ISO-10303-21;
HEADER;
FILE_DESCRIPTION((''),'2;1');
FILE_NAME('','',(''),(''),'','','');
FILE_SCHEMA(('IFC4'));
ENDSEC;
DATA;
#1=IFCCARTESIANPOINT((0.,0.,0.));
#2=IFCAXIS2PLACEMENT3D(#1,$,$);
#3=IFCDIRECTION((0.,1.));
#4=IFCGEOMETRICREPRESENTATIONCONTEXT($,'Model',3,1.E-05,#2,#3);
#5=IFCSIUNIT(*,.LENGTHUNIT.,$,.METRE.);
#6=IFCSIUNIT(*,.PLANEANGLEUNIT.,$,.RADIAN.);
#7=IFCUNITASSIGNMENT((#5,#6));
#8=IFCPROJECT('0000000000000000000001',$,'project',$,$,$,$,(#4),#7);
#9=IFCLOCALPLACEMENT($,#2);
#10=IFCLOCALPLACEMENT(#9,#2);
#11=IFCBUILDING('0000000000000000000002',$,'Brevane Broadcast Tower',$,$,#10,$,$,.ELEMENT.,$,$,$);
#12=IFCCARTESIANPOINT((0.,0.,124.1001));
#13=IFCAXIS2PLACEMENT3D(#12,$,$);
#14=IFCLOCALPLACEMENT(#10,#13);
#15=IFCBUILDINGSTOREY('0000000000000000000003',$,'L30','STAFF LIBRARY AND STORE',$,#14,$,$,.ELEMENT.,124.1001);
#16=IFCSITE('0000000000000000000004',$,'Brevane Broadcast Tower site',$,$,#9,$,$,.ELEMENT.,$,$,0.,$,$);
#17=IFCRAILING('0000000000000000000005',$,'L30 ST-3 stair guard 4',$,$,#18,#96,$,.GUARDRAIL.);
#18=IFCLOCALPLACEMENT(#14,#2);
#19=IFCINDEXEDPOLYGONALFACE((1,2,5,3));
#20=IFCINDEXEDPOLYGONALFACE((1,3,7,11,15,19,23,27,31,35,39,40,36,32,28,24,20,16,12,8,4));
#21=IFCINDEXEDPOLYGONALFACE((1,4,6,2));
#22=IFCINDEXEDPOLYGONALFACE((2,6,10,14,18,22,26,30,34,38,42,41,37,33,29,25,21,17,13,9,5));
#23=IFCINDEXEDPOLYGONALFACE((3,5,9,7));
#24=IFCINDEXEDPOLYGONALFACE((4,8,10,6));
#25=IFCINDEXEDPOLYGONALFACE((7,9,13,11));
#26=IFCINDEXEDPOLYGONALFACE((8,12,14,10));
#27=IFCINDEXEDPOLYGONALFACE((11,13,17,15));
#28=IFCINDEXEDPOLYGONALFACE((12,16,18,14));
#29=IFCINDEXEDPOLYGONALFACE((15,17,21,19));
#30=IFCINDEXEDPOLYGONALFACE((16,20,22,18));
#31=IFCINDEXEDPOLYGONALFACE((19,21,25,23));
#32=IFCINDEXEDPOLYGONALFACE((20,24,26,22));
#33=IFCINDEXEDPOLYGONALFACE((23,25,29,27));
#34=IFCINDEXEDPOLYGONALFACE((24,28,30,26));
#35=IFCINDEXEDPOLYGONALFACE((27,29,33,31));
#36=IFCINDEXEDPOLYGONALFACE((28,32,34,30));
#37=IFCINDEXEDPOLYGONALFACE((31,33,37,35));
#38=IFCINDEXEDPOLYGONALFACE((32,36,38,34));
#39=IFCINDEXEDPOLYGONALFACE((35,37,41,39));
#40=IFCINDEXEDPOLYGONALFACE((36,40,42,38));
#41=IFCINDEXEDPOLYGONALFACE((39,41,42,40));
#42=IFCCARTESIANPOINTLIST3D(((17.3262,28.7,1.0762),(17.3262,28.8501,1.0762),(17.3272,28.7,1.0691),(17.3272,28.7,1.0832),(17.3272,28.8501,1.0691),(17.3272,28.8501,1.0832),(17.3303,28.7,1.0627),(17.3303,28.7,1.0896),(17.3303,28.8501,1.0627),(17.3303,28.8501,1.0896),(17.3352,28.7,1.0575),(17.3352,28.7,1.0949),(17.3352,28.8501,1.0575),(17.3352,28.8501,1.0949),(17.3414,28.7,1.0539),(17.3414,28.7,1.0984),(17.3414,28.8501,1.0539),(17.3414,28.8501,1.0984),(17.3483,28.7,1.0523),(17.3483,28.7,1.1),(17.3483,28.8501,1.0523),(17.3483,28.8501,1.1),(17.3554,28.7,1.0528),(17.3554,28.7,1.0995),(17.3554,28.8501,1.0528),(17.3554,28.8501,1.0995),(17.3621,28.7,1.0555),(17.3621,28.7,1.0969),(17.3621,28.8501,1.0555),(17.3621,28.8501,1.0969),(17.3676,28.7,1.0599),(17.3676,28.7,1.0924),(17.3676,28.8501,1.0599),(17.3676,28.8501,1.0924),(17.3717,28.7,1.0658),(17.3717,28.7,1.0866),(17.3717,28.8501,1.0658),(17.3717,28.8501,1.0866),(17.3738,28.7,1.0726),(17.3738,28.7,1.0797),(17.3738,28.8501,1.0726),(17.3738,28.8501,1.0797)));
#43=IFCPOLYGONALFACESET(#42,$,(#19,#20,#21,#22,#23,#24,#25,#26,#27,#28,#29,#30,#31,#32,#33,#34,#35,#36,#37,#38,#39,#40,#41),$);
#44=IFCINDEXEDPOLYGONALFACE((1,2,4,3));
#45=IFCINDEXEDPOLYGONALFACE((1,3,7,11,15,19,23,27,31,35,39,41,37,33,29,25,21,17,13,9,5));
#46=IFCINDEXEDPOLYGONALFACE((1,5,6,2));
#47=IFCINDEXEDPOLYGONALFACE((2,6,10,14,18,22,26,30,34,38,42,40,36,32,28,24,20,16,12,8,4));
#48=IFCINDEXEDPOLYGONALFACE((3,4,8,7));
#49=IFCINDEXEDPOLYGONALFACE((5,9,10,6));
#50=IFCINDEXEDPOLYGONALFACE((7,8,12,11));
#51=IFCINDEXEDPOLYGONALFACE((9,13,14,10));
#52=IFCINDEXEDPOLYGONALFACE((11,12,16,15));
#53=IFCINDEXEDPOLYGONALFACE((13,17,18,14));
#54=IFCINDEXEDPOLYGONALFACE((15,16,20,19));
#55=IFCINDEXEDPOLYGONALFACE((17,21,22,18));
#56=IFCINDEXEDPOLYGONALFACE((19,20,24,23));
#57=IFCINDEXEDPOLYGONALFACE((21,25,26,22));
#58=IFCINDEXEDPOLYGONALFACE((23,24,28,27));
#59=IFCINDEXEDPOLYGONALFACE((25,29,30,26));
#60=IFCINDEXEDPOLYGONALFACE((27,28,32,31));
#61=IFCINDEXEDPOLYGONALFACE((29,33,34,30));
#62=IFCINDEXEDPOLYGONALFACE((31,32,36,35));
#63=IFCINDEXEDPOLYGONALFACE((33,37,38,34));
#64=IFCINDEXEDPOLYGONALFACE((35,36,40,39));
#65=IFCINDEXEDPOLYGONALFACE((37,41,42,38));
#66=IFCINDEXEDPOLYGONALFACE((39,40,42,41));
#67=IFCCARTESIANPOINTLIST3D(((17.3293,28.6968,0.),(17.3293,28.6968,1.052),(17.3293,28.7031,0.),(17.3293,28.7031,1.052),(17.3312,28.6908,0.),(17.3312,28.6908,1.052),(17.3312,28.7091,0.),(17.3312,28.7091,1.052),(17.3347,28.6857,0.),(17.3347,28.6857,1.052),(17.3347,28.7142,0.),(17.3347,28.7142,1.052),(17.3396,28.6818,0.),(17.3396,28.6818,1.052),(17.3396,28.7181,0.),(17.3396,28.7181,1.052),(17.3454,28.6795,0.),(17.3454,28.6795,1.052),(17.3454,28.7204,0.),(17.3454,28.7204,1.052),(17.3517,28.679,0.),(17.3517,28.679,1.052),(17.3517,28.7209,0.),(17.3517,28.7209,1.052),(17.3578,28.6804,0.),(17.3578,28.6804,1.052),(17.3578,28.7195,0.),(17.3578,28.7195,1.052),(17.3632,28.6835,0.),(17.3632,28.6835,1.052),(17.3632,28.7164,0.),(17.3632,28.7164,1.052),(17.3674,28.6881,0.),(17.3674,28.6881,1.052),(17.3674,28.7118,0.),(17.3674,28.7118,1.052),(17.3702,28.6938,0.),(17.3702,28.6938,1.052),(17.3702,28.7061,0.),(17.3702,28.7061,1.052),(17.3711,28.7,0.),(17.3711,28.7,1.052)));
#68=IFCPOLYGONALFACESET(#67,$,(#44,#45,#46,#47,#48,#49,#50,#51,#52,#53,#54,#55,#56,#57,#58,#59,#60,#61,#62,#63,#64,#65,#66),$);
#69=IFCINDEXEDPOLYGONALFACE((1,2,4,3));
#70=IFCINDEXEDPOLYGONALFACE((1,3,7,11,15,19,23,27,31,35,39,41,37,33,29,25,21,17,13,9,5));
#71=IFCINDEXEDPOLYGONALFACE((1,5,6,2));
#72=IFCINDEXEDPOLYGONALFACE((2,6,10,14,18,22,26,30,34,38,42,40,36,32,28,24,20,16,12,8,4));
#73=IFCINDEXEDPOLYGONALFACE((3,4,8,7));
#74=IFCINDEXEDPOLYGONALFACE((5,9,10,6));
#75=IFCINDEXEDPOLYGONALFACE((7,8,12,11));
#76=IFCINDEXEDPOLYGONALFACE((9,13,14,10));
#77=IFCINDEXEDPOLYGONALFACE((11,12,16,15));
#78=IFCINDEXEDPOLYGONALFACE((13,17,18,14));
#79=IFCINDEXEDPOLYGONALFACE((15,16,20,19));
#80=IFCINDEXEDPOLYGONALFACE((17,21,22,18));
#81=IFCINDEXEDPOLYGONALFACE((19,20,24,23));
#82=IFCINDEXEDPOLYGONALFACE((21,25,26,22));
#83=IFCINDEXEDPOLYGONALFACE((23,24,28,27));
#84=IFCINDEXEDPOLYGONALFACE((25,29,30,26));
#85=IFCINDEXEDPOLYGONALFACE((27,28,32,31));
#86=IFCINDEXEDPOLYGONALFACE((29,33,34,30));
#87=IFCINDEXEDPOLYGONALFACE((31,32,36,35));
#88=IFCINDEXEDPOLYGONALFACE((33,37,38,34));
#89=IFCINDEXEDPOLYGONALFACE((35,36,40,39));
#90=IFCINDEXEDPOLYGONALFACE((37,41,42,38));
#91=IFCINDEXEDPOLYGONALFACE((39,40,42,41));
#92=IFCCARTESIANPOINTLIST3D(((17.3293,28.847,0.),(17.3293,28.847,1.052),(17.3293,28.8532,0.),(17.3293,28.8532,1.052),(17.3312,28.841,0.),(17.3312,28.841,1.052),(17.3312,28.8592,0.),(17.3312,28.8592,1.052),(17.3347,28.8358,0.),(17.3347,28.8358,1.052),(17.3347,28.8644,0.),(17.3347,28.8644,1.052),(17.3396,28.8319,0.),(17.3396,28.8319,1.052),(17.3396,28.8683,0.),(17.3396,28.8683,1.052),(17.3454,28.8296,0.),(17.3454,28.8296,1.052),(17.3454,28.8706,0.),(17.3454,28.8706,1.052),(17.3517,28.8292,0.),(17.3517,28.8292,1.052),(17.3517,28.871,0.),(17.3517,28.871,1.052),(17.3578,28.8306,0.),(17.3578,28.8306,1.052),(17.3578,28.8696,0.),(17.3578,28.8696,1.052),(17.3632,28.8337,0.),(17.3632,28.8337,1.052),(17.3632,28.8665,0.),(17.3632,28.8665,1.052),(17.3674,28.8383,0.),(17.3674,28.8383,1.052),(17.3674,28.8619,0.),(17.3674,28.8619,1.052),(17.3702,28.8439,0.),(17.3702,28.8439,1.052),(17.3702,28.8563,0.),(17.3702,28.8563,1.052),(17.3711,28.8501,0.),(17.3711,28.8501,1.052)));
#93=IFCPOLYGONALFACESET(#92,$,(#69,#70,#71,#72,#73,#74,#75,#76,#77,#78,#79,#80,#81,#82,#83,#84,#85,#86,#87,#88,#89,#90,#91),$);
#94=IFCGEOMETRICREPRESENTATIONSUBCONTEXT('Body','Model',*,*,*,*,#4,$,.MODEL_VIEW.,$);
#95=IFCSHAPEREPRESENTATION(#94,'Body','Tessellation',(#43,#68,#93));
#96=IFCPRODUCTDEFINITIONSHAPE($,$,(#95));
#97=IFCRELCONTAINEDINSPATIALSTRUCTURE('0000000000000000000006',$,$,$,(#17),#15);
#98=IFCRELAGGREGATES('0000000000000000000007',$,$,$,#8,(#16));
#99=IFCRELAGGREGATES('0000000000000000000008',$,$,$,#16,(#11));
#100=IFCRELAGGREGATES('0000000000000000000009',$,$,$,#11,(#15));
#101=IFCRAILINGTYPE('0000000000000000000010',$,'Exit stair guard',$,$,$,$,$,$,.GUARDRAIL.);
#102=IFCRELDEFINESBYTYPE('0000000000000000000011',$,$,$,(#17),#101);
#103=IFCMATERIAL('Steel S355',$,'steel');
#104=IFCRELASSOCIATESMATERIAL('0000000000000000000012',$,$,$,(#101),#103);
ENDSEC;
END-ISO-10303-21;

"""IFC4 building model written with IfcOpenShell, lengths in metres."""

from ifc_helpers import new_model, si_unit, direction, frame, origin, origin_2d, place, context, subcontext, project, spatial, circle, extrude, material, type_object, element, save


model = new_model("IFC4")

# Units and contexts
model_context = context("Model", 3, precision=1e-05, world=origin(), true_north=direction((0.0, 1.0)))
body_context = subcontext(model_context, "Body", "Model", "MODEL_VIEW")
ifc_project = project(units=[si_unit("LENGTHUNIT", "METRE"), si_unit("PLANEANGLEUNIT", "RADIAN")], contexts=[model_context])

# Site, building, storey
site_placement = place(None, origin())
site = spatial("IfcSite", under=ifc_project, at=site_placement, Name="Brevane Broadcast Tower site", CompositionType="ELEMENT", RefElevation=0.0)
building_placement = place(site_placement, origin())
building = spatial("IfcBuilding", under=site, at=building_placement, Name="Brevane Broadcast Tower", CompositionType="ELEMENT")
storey_placement = place(building_placement, frame((0.0, 0.0, 124.1001)))
storey = spatial("IfcBuildingStorey", under=building, at=storey_placement, Name="L30", Description="STAFF LIBRARY AND STORE", CompositionType="ELEMENT", Elevation=124.1001)

# Railing
ifc_material_1 = material(Name="Steel S355", Category="steel")
railing_type_1 = type_object("IfcRailingType", Name="Exit stair guard", PredefinedType="GUARDRAIL", material=ifc_material_1)
railing_1_placement = place(storey_placement, frame((17.3501, 28.7, 0.0)))
element("IfcRailing", 1, at=railing_1_placement, inside=storey, type_object=railing_type_1, Name="L30 ST-3 stair guard 4", PredefinedType="GUARDRAIL", context=body_context, shape_type="SweptSolid", body=[
    extrude(circle(Radius=0.0239, at=origin_2d()), frame((0.0, 0.0, 1.0762), z_axis=(0.0, 1.0, 0.0), x_axis=(-1.0, 0.0, 0.0)), (0.0, 0.0, 1.0), 0.1501),
    extrude(circle(Radius=0.021, at=origin_2d()), origin(), (0.0, 0.0, 1.0), 1.052),
    extrude(circle(Radius=0.021, at=origin_2d()), frame((0.0, 0.1501, 0.0)), (0.0, 0.0, 1.0), 1.052),
])

save(model, "model.ifc")
